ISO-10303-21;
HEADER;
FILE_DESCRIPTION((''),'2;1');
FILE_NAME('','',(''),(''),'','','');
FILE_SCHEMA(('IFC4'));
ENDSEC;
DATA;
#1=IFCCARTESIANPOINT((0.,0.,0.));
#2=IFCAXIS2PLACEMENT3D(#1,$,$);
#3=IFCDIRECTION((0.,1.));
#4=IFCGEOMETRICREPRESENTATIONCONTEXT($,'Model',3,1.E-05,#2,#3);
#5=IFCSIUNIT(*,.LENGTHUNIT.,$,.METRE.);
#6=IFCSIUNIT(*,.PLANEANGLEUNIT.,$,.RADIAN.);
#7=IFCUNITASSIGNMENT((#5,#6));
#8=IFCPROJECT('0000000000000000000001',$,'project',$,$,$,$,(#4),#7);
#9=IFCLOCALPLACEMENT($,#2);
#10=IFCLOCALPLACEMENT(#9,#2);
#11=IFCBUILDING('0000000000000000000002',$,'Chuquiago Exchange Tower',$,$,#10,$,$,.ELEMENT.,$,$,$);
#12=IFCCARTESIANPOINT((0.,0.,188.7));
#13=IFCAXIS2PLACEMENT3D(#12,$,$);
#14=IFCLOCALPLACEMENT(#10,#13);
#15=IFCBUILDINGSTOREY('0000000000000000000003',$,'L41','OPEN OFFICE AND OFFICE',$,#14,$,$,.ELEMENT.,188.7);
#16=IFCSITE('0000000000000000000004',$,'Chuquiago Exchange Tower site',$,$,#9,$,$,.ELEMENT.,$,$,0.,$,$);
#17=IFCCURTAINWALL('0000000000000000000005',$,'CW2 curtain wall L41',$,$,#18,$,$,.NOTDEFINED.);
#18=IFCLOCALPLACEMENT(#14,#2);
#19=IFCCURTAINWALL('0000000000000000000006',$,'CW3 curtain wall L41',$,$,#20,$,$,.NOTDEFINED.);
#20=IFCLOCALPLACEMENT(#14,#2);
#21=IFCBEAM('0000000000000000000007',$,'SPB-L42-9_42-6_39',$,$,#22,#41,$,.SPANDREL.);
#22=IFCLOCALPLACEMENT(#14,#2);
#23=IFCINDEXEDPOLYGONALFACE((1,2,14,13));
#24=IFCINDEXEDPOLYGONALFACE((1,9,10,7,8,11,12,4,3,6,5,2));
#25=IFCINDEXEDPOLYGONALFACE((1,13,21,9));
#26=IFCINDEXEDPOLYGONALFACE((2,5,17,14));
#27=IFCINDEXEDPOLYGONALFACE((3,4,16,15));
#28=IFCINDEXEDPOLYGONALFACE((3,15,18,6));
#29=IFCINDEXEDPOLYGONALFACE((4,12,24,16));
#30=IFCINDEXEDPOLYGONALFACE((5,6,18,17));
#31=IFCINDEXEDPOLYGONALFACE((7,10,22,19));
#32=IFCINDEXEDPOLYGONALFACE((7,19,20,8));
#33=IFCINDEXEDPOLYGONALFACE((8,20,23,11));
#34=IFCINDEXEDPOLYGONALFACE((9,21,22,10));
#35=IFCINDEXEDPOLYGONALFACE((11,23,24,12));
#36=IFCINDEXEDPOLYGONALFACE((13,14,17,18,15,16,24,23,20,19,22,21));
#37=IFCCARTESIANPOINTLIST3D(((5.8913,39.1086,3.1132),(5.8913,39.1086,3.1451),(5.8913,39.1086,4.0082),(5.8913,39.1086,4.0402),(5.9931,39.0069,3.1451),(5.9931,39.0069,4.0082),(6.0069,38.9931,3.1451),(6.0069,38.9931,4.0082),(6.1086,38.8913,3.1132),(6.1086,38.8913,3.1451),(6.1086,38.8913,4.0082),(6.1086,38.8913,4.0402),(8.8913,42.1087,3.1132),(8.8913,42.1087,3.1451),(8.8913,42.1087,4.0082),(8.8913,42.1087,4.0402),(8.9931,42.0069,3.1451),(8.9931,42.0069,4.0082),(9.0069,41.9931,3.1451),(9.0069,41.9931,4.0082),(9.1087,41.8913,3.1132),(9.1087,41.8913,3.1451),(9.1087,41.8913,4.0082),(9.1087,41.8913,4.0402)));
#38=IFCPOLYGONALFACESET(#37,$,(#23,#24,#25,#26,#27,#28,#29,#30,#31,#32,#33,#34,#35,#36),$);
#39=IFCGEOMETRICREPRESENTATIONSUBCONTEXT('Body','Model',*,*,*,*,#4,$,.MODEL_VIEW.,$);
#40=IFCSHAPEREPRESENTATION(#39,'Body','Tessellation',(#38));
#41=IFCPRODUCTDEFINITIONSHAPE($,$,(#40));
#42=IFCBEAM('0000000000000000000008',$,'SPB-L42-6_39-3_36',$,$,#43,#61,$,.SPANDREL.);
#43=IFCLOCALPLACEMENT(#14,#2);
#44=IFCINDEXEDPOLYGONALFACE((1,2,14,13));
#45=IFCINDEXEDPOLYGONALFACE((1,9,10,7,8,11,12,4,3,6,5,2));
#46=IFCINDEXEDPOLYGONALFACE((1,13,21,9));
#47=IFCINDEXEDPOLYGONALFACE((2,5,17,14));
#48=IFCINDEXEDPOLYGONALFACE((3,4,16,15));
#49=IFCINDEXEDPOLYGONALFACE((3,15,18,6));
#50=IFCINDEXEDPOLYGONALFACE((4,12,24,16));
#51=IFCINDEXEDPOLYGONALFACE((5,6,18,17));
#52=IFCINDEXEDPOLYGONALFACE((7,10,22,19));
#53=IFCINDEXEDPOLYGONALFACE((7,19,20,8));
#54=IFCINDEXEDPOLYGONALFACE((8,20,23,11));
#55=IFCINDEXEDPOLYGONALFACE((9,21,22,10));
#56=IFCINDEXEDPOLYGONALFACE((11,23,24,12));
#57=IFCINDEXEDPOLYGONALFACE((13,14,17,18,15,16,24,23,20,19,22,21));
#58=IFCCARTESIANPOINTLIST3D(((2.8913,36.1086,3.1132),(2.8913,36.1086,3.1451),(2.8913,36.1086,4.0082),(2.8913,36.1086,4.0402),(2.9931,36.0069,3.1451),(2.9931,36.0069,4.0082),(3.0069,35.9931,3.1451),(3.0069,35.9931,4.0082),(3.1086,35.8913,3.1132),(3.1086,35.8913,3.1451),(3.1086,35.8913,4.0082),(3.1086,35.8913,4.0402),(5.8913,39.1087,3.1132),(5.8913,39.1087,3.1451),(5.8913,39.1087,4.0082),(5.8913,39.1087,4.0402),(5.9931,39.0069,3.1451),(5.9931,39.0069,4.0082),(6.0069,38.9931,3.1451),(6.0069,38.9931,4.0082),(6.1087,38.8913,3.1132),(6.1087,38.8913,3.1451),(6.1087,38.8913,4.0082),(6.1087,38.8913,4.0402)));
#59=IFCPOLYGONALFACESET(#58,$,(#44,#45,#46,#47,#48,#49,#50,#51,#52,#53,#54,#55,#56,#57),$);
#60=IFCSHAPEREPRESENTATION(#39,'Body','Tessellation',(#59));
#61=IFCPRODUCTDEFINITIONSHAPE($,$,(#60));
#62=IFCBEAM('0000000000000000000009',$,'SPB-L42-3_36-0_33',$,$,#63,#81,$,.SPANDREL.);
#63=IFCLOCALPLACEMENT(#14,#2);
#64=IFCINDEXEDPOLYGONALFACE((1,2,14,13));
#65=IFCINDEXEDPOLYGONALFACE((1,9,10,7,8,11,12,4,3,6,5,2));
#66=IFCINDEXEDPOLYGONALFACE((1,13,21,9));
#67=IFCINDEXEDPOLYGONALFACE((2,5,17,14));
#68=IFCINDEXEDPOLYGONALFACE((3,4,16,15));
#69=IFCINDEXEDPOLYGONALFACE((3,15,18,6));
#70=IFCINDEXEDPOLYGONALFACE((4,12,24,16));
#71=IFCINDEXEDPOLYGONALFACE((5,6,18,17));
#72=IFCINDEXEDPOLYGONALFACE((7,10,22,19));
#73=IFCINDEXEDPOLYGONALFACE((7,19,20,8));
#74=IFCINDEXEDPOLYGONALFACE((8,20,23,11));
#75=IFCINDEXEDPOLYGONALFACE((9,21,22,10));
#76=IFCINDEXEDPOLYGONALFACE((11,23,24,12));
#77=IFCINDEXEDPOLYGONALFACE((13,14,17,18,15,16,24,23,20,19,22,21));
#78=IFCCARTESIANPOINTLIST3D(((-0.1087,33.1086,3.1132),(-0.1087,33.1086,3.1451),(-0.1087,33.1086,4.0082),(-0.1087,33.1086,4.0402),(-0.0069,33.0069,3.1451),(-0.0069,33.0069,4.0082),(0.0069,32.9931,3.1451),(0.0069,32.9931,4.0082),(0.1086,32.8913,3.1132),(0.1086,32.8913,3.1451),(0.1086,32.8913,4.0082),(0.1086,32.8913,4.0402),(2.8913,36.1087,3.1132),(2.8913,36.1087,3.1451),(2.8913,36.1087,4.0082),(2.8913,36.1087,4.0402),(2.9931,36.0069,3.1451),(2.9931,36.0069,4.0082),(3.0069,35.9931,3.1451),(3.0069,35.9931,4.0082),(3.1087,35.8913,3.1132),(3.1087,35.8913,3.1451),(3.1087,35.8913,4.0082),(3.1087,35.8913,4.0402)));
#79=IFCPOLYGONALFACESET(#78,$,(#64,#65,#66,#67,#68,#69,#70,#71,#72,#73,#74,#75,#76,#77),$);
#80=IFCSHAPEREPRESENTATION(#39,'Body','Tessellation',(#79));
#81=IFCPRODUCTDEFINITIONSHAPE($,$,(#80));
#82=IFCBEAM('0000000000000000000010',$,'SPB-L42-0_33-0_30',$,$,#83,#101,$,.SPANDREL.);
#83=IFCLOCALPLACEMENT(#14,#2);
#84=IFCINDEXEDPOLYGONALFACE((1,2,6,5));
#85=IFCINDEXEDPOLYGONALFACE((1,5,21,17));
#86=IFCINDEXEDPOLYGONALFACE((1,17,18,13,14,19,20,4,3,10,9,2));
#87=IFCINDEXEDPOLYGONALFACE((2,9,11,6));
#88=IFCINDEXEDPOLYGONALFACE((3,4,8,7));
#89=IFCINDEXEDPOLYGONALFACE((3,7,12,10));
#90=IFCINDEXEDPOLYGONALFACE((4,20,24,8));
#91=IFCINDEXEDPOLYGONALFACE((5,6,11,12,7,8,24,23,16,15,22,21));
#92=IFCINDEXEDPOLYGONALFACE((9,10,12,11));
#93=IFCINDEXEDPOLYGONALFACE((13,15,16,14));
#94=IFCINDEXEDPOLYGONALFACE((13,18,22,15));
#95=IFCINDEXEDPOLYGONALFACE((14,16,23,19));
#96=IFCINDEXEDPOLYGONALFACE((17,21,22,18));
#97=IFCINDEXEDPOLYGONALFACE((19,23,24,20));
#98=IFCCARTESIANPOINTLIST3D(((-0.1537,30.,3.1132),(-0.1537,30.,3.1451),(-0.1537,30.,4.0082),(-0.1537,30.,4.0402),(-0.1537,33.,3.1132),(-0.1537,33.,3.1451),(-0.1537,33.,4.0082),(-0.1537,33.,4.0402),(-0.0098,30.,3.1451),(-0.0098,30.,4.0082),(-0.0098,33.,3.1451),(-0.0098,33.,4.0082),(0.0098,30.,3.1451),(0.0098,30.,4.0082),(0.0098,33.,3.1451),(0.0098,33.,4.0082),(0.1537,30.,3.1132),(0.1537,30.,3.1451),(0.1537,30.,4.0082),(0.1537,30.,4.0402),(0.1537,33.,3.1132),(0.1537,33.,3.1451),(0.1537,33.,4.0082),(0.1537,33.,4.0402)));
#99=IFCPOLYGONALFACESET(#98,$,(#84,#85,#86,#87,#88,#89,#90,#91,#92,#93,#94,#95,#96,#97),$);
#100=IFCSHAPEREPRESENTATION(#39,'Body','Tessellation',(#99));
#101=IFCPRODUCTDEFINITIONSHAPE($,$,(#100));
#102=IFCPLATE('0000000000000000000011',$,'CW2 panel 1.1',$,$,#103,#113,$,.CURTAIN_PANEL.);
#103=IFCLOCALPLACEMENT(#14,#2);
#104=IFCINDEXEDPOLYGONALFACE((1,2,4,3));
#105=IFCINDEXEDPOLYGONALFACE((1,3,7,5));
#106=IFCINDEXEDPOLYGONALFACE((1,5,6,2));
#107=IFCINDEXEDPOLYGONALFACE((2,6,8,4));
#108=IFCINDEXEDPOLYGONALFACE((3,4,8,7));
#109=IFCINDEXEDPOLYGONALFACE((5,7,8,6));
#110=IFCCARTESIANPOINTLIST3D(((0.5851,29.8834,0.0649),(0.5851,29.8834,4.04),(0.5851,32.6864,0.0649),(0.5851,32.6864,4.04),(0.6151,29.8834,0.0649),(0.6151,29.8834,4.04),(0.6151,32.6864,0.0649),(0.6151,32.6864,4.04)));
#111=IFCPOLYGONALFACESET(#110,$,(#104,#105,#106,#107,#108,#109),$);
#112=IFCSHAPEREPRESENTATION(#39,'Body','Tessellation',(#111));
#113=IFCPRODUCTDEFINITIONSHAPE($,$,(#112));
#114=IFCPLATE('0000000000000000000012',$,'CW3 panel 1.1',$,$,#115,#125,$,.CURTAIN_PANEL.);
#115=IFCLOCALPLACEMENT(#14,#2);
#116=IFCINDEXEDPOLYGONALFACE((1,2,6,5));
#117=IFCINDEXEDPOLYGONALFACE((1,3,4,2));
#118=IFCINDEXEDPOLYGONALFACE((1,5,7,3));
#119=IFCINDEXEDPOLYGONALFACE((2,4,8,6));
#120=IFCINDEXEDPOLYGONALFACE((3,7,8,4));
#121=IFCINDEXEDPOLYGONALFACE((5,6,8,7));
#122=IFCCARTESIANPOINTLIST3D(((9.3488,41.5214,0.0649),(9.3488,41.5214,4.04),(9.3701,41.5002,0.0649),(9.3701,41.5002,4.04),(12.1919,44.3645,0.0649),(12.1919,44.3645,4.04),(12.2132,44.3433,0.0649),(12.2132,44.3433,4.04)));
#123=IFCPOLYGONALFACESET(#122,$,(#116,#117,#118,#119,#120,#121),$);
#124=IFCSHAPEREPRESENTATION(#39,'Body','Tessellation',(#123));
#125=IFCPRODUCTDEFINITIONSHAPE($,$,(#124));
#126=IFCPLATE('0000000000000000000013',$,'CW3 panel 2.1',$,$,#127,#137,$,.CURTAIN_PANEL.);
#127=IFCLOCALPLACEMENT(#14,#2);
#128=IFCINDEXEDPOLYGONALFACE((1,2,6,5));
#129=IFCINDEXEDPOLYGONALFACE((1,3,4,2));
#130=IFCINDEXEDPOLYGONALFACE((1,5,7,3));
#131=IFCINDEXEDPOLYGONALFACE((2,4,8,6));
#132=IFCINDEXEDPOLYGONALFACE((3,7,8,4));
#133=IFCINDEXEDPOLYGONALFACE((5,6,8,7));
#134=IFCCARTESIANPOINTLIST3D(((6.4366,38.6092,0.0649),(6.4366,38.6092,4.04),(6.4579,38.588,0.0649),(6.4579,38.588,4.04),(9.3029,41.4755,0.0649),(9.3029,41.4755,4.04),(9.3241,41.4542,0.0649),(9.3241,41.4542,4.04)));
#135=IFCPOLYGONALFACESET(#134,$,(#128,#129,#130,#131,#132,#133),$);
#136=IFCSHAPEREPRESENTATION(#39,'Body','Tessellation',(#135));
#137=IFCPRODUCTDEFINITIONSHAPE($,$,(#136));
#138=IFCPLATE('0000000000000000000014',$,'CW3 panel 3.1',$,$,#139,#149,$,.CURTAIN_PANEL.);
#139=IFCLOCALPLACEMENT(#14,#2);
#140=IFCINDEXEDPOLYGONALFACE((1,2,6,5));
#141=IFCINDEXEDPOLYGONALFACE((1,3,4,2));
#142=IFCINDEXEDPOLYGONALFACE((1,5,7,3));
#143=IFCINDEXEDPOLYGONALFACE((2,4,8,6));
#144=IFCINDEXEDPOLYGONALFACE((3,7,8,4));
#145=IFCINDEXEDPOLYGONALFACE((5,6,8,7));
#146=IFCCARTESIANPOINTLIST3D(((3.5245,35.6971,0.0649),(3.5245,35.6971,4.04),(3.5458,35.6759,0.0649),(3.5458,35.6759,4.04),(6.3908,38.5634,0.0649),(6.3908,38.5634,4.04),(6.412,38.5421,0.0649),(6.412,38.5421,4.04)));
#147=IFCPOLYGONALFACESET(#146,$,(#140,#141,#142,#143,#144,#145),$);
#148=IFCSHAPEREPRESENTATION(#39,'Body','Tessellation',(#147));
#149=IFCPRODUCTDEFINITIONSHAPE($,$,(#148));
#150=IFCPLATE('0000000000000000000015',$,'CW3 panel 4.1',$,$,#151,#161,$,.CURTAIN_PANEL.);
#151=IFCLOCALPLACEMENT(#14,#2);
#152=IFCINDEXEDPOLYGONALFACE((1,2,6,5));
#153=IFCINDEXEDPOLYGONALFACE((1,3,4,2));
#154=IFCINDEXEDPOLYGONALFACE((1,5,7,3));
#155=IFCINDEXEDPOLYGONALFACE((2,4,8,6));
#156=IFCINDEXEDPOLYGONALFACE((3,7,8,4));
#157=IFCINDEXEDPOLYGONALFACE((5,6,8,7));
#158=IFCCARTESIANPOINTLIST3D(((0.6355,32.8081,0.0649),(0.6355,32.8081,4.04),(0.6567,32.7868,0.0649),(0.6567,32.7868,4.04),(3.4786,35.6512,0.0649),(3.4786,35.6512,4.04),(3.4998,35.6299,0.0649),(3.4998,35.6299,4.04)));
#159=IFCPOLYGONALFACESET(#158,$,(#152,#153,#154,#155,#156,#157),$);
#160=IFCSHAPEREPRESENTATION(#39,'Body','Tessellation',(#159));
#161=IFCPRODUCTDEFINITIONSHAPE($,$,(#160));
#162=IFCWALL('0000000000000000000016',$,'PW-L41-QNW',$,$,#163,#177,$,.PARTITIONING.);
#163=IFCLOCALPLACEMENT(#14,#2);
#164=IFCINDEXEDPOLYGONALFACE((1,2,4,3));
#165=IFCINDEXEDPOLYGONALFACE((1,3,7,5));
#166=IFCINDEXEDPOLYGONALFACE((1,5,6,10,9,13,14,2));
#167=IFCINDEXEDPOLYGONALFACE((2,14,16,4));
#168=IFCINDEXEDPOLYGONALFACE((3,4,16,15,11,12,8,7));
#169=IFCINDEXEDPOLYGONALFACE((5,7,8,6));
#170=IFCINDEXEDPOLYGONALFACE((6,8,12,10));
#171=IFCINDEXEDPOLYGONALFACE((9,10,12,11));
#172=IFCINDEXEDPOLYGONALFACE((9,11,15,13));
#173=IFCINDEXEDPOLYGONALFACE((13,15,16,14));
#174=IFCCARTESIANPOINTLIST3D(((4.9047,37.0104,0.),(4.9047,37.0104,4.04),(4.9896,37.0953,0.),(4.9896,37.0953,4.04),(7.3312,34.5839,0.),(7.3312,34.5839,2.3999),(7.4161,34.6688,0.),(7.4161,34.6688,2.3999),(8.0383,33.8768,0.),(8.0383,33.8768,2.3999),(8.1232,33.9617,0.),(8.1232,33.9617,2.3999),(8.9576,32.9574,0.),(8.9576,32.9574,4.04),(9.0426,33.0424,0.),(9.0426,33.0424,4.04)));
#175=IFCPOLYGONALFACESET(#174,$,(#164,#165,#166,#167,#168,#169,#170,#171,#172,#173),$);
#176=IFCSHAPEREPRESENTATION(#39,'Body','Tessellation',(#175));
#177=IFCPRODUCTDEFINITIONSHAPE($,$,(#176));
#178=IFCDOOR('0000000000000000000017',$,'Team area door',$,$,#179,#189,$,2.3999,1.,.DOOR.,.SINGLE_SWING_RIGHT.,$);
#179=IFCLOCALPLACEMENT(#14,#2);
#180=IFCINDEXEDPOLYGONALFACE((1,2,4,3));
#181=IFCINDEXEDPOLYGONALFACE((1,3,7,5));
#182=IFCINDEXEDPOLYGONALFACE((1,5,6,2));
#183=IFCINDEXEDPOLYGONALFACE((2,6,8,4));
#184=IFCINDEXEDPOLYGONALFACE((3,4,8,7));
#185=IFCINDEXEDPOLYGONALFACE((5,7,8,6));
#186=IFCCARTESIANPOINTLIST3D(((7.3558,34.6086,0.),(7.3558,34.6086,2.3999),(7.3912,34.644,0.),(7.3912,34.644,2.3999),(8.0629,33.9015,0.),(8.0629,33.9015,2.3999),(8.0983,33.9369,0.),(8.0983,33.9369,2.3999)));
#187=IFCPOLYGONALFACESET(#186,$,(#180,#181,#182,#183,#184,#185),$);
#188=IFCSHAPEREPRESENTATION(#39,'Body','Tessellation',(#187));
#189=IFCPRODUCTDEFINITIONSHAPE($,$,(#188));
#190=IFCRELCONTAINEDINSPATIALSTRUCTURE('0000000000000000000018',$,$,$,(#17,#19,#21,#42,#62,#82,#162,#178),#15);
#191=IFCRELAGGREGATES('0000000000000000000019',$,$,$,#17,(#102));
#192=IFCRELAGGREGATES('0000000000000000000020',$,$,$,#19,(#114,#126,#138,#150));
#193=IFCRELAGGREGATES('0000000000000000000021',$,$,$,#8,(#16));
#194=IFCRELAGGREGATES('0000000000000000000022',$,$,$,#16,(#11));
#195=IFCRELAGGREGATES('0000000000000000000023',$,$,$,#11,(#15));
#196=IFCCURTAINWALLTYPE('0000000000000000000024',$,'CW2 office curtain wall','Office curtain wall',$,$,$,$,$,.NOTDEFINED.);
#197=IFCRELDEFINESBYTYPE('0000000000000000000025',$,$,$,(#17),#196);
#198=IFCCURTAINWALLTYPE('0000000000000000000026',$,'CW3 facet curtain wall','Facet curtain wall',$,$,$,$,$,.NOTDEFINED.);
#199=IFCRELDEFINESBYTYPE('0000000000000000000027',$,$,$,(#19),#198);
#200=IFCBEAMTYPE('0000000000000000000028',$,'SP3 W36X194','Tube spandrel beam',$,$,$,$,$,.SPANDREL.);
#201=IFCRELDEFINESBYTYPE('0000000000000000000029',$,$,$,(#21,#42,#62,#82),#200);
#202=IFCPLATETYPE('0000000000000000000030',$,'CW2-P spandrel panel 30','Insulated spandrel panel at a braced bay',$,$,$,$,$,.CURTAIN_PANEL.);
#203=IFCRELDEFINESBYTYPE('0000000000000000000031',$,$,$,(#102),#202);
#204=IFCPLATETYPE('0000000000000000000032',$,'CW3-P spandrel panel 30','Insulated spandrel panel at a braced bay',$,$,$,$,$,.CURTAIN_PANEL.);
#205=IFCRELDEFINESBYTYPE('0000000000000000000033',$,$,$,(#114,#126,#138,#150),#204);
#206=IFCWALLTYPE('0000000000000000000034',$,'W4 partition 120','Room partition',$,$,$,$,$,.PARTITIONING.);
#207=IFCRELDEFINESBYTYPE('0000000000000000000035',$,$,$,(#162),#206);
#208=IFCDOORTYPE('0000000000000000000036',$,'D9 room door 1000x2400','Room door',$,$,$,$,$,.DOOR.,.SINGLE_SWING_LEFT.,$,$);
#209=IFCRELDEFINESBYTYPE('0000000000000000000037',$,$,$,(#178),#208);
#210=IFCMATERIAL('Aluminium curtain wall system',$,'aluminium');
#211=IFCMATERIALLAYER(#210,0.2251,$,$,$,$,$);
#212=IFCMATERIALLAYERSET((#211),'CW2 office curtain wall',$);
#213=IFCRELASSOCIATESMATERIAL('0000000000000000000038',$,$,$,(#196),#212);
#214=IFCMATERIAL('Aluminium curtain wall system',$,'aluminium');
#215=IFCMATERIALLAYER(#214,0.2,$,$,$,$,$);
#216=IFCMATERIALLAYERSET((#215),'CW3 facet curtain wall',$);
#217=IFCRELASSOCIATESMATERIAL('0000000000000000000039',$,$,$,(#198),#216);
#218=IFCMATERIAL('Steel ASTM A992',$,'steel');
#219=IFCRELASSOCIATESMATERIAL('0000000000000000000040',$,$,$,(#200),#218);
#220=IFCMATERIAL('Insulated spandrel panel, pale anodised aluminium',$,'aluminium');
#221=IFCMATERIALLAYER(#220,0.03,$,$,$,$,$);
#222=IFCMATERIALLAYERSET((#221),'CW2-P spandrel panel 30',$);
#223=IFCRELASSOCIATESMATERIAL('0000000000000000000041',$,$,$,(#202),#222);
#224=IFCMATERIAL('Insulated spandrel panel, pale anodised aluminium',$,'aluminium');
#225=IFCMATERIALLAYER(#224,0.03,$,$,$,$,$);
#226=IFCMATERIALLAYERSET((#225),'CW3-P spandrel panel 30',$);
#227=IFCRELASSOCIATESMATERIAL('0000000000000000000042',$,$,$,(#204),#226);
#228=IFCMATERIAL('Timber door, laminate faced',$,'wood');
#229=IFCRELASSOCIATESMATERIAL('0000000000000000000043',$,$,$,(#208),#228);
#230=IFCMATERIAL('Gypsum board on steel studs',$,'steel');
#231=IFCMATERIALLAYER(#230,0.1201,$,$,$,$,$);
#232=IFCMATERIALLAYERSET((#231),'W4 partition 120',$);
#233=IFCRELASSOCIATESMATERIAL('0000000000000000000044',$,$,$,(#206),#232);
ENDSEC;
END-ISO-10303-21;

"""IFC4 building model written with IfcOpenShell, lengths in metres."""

from ifc_helpers import new_model, si_unit, direction, frame, frame_2d, origin, origin_2d, place, context, subcontext, project, spatial, rectangle, i_section, extrude, material, layer, layer_set, material_profile, profile_set, type_object, element, fill, aggregate, save


model = new_model("IFC4")

# Units and contexts
model_context = context("Model", 3, precision=1e-05, world=origin(), true_north=direction((0.0, 1.0)))
body_context = subcontext(model_context, "Body", "Model", "MODEL_VIEW")
ifc_project = project(units=[si_unit("LENGTHUNIT", "METRE"), si_unit("PLANEANGLEUNIT", "RADIAN")], contexts=[model_context])

# Site, building, storey
site_placement = place(None, origin())
site = spatial("IfcSite", under=ifc_project, at=site_placement, Name="Chuquiago Exchange Tower site", CompositionType="ELEMENT", RefElevation=0.0)
building_placement = place(site_placement, origin())
building = spatial("IfcBuilding", under=site, at=building_placement, Name="Chuquiago Exchange Tower", CompositionType="ELEMENT")
storey_placement = place(building_placement, frame((0.0, 0.0, 188.7)))
storey = spatial("IfcBuildingStorey", under=building, at=storey_placement, Name="L41", Description="OPEN OFFICE AND OFFICE", CompositionType="ELEMENT", Elevation=188.7)

# Curtain walls
ifc_material_1 = material(Name="Aluminium curtain wall system", Category="aluminium")
ifc_layer_1 = layer(ifc_material_1, 0.2251)
ifc_layer_set_1 = layer_set([ifc_layer_1], Name="CW2 office curtain wall")
curtain_wall_type_1 = type_object("IfcCurtainWallType", Name="CW2 office curtain wall", Description="Office curtain wall", PredefinedType="NOTDEFINED", material=ifc_layer_set_1)
curtain_wall_1_placement = place(storey_placement, origin())
curtain_wall_1 = element("IfcCurtainWall", 1, at=curtain_wall_1_placement, inside=storey, type_object=curtain_wall_type_1, Name="CW2 curtain wall L41", PredefinedType="NOTDEFINED")
ifc_material_2 = material(Name="Aluminium curtain wall system", Category="aluminium")
ifc_layer_2 = layer(ifc_material_2, 0.2)
ifc_layer_set_2 = layer_set([ifc_layer_2], Name="CW3 facet curtain wall")
curtain_wall_type_2 = type_object("IfcCurtainWallType", Name="CW3 facet curtain wall", Description="Facet curtain wall", PredefinedType="NOTDEFINED", material=ifc_layer_set_2)
curtain_wall_2_placement = place(storey_placement, origin())
curtain_wall_2 = element("IfcCurtainWall", 2, at=curtain_wall_2_placement, inside=storey, type_object=curtain_wall_type_2, Name="CW3 curtain wall L41", PredefinedType="NOTDEFINED")

# Beams
ifc_material_3 = material(Name="Steel ASTM A992", Category="steel")
ifc_material_profile_1 = material_profile(ifc_material_3, i_section(OverallWidth=0.3074, OverallDepth=0.927, WebThickness=0.0195, FlangeThickness=0.032, at=origin_2d()), Name="W36X194")
ifc_profile_set_1 = profile_set([ifc_material_profile_1], Name="Steel ASTM A992")
beam_type_1 = type_object("IfcBeamType", Name="SP3 W36X194", Description="Tube spandrel beam", PredefinedType="SPANDREL", material=ifc_profile_set_1)
for number, where, z_axis, x_axis, name in (
    (3, (9.0, 42.0, 3.5767), (-0.707107, -0.707107, 0.0), (0.707107, -0.707107, 0.0), "SPB-L42-9_42-6_39"),
    (4, (6.0, 39.0, 3.5767), (-0.707107, -0.707107, 0.0), (0.707107, -0.707107, 0.0), "SPB-L42-6_39-3_36"),
    (5, (3.0, 36.0, 3.5767), (-0.707107, -0.707107, 0.0), (0.707107, -0.707107, 0.0), "SPB-L42-3_36-0_33"),
):
    element("IfcBeam", number, at=place(storey_placement, frame(where, z_axis=z_axis, x_axis=x_axis)), inside=storey, type_object=beam_type_1, Name=name, PredefinedType="SPANDREL", context=body_context, shape_type="SweptSolid", body=[
        extrude(i_section(OverallWidth=0.3074, OverallDepth=0.927, WebThickness=0.0195, FlangeThickness=0.032, at=origin_2d()), origin(), (0.0, 0.0, 1.0), 4.2427),
    ])
beam_1_placement = place(storey_placement, frame((0.0, 33.0, 3.5767), z_axis=(0.0, -1.0, 0.0), x_axis=(1.0, 0.0, 0.0)))
element("IfcBeam", 6, at=beam_1_placement, inside=storey, type_object=beam_type_1, Name="SPB-L42-0_33-0_30", PredefinedType="SPANDREL", context=body_context, shape_type="SweptSolid", body=[
    extrude(i_section(OverallWidth=0.3074, OverallDepth=0.927, WebThickness=0.0195, FlangeThickness=0.032, at=origin_2d()), origin(), (0.0, 0.0, 1.0), 3.0),
])

# Plates
ifc_material_4 = material(Name="Insulated spandrel panel, pale anodised aluminium", Category="aluminium")
ifc_layer_3 = layer(ifc_material_4, 0.03)
ifc_layer_set_3 = layer_set([ifc_layer_3], Name="CW2-P spandrel panel 30")
plate_type_1 = type_object("IfcPlateType", Name="CW2-P spandrel panel 30", Description="Insulated spandrel panel at a braced bay", PredefinedType="CURTAIN_PANEL", material=ifc_layer_set_3)
plate_1_placement = place(storey_placement, frame((0.6001, 31.2849, 0.0649), z_axis=(0.0, 0.0, 1.0), x_axis=(0.0, -1.0, 0.0)))
plate_1 = element("IfcPlate", 7, at=plate_1_placement, type_object=plate_type_1, Name="CW2 panel 1.1", PredefinedType="CURTAIN_PANEL", context=body_context, shape_type="SweptSolid", body=[
    extrude(rectangle(XDim=2.803, YDim=0.03, at=origin_2d()), origin(), (0.0, 0.0, 1.0), 3.9751),
])
aggregate(curtain_wall_1, [plate_1])
ifc_material_5 = material(Name="Insulated spandrel panel, pale anodised aluminium", Category="aluminium")
ifc_layer_4 = layer(ifc_material_5, 0.03)
ifc_layer_set_4 = layer_set([ifc_layer_4], Name="CW3-P spandrel panel 30")
plate_type_2 = type_object("IfcPlateType", Name="CW3-P spandrel panel 30", Description="Insulated spandrel panel at a braced bay", PredefinedType="CURTAIN_PANEL", material=ifc_layer_set_4)
plate_2_placement = place(storey_placement, frame((10.781, 42.9324, 0.0649), z_axis=(0.0, 0.0, 1.0), x_axis=(-0.707107, -0.707107, 0.0)))
plate_2 = element("IfcPlate", 8, at=plate_2_placement, type_object=plate_type_2, Name="CW3 panel 1.1", PredefinedType="CURTAIN_PANEL", context=body_context, shape_type="SweptSolid", body=[
    extrude(rectangle(XDim=4.0208, YDim=0.03, at=origin_2d()), origin(), (0.0, 0.0, 1.0), 3.9751),
])
plate_3_placement = place(storey_placement, frame((7.8804, 40.0317, 0.0649), z_axis=(0.0, 0.0, 1.0), x_axis=(-0.707107, -0.707107, 0.0)))
plate_3 = element("IfcPlate", 9, at=plate_3_placement, type_object=plate_type_2, Name="CW3 panel 2.1", PredefinedType="CURTAIN_PANEL", context=body_context, shape_type="SweptSolid", body=[
    extrude(rectangle(XDim=4.0535, YDim=0.03, at=origin_2d()), origin(), (0.0, 0.0, 1.0), 3.9751),
])
plate_4_placement = place(storey_placement, frame((4.9683, 37.1196, 0.0649), z_axis=(0.0, 0.0, 1.0), x_axis=(-0.707107, -0.707107, 0.0)))
plate_4 = element("IfcPlate", 10, at=plate_4_placement, type_object=plate_type_2, Name="CW3 panel 3.1", PredefinedType="CURTAIN_PANEL", context=body_context, shape_type="SweptSolid", body=[
    extrude(rectangle(XDim=4.0535, YDim=0.03, at=origin_2d()), origin(), (0.0, 0.0, 1.0), 3.9751),
])
plate_5_placement = place(storey_placement, frame((2.0676, 34.219, 0.0649), z_axis=(0.0, 0.0, 1.0), x_axis=(-0.707107, -0.707107, 0.0)))
plate_5 = element("IfcPlate", 11, at=plate_5_placement, type_object=plate_type_2, Name="CW3 panel 4.1", PredefinedType="CURTAIN_PANEL", context=body_context, shape_type="SweptSolid", body=[
    extrude(rectangle(XDim=4.0208, YDim=0.03, at=origin_2d()), origin(), (0.0, 0.0, 1.0), 3.9751),
])
aggregate(curtain_wall_2, [plate_2, plate_3, plate_4, plate_5])

# Wall, opening, door
ifc_material_6 = material(Name="Timber door, laminate faced", Category="wood")
door_type = type_object("IfcDoorType", Name="D9 room door 1000x2400", Description="Room door", OperationType="SINGLE_SWING_LEFT", PredefinedType="DOOR", material=ifc_material_6)
ifc_material_7 = material(Name="Gypsum board on steel studs", Category="steel")
ifc_layer_5 = layer(ifc_material_7, 0.1201)
ifc_layer_set_5 = layer_set([ifc_layer_5], Name="W4 partition 120")
wall_type_1 = type_object("IfcWallType", Name="W4 partition 120", Description="Room partition", PredefinedType="PARTITIONING", material=ifc_layer_set_5)
wall_1_placement = place(storey_placement, frame((9.0, 33.0, 0.0), z_axis=(0.0, 0.0, 1.0), x_axis=(-0.707107, 0.707107, 0.0)))
wall_1 = element("IfcWall", 12, at=wall_1_placement, inside=storey, type_object=wall_type_1, Name="PW-L41-QNW", PredefinedType="PARTITIONING", context=body_context, shape_type="SweptSolid", body=[
    extrude(rectangle(XDim=5.7317, YDim=0.1201, at=frame_2d((2.8657, 0.0))), origin(), (0.0, 0.0, 1.0), 4.04),
])
opening_1_placement = place(wall_1_placement, frame((1.3, 0.0, 0.0)))
opening_1 = element("IfcOpeningElement", 13, at=opening_1_placement, cuts=wall_1, PredefinedType="OPENING", context=body_context, shape_type="SweptSolid", body=[
    extrude(rectangle(XDim=1.0, YDim=2.3999, at=frame_2d((0.5, 1.2))), frame((0.0, 0.0701, 0.0), z_axis=(0.0, -1.0, 0.0), x_axis=(1.0, 0.0, 0.0)), (0.0, 0.0, 1.0), 0.1401),
])
door_1_placement = place(opening_1_placement, frame((1.0, 0.0, 0.0), z_axis=(0.0, 0.0, 1.0), x_axis=(-1.0, 0.0, 0.0)))
door_1 = element("IfcDoor", 14, at=door_1_placement, inside=storey, type_object=door_type, Name="Team area door", OperationType="SINGLE_SWING_RIGHT", OverallHeight=2.3999, OverallWidth=1.0, PredefinedType="DOOR", context=body_context, shape_type="SweptSolid", body=[
    extrude(rectangle(XDim=1.0, YDim=2.3999, at=frame_2d((0.5, 1.2))), frame((0.0, 0.0249, 0.0), z_axis=(0.0, -1.0, 0.0), x_axis=(1.0, 0.0, 0.0)), (0.0, 0.0, 1.0), 0.05),
])
fill(opening_1, door_1)

save(model, "model.ifc")
